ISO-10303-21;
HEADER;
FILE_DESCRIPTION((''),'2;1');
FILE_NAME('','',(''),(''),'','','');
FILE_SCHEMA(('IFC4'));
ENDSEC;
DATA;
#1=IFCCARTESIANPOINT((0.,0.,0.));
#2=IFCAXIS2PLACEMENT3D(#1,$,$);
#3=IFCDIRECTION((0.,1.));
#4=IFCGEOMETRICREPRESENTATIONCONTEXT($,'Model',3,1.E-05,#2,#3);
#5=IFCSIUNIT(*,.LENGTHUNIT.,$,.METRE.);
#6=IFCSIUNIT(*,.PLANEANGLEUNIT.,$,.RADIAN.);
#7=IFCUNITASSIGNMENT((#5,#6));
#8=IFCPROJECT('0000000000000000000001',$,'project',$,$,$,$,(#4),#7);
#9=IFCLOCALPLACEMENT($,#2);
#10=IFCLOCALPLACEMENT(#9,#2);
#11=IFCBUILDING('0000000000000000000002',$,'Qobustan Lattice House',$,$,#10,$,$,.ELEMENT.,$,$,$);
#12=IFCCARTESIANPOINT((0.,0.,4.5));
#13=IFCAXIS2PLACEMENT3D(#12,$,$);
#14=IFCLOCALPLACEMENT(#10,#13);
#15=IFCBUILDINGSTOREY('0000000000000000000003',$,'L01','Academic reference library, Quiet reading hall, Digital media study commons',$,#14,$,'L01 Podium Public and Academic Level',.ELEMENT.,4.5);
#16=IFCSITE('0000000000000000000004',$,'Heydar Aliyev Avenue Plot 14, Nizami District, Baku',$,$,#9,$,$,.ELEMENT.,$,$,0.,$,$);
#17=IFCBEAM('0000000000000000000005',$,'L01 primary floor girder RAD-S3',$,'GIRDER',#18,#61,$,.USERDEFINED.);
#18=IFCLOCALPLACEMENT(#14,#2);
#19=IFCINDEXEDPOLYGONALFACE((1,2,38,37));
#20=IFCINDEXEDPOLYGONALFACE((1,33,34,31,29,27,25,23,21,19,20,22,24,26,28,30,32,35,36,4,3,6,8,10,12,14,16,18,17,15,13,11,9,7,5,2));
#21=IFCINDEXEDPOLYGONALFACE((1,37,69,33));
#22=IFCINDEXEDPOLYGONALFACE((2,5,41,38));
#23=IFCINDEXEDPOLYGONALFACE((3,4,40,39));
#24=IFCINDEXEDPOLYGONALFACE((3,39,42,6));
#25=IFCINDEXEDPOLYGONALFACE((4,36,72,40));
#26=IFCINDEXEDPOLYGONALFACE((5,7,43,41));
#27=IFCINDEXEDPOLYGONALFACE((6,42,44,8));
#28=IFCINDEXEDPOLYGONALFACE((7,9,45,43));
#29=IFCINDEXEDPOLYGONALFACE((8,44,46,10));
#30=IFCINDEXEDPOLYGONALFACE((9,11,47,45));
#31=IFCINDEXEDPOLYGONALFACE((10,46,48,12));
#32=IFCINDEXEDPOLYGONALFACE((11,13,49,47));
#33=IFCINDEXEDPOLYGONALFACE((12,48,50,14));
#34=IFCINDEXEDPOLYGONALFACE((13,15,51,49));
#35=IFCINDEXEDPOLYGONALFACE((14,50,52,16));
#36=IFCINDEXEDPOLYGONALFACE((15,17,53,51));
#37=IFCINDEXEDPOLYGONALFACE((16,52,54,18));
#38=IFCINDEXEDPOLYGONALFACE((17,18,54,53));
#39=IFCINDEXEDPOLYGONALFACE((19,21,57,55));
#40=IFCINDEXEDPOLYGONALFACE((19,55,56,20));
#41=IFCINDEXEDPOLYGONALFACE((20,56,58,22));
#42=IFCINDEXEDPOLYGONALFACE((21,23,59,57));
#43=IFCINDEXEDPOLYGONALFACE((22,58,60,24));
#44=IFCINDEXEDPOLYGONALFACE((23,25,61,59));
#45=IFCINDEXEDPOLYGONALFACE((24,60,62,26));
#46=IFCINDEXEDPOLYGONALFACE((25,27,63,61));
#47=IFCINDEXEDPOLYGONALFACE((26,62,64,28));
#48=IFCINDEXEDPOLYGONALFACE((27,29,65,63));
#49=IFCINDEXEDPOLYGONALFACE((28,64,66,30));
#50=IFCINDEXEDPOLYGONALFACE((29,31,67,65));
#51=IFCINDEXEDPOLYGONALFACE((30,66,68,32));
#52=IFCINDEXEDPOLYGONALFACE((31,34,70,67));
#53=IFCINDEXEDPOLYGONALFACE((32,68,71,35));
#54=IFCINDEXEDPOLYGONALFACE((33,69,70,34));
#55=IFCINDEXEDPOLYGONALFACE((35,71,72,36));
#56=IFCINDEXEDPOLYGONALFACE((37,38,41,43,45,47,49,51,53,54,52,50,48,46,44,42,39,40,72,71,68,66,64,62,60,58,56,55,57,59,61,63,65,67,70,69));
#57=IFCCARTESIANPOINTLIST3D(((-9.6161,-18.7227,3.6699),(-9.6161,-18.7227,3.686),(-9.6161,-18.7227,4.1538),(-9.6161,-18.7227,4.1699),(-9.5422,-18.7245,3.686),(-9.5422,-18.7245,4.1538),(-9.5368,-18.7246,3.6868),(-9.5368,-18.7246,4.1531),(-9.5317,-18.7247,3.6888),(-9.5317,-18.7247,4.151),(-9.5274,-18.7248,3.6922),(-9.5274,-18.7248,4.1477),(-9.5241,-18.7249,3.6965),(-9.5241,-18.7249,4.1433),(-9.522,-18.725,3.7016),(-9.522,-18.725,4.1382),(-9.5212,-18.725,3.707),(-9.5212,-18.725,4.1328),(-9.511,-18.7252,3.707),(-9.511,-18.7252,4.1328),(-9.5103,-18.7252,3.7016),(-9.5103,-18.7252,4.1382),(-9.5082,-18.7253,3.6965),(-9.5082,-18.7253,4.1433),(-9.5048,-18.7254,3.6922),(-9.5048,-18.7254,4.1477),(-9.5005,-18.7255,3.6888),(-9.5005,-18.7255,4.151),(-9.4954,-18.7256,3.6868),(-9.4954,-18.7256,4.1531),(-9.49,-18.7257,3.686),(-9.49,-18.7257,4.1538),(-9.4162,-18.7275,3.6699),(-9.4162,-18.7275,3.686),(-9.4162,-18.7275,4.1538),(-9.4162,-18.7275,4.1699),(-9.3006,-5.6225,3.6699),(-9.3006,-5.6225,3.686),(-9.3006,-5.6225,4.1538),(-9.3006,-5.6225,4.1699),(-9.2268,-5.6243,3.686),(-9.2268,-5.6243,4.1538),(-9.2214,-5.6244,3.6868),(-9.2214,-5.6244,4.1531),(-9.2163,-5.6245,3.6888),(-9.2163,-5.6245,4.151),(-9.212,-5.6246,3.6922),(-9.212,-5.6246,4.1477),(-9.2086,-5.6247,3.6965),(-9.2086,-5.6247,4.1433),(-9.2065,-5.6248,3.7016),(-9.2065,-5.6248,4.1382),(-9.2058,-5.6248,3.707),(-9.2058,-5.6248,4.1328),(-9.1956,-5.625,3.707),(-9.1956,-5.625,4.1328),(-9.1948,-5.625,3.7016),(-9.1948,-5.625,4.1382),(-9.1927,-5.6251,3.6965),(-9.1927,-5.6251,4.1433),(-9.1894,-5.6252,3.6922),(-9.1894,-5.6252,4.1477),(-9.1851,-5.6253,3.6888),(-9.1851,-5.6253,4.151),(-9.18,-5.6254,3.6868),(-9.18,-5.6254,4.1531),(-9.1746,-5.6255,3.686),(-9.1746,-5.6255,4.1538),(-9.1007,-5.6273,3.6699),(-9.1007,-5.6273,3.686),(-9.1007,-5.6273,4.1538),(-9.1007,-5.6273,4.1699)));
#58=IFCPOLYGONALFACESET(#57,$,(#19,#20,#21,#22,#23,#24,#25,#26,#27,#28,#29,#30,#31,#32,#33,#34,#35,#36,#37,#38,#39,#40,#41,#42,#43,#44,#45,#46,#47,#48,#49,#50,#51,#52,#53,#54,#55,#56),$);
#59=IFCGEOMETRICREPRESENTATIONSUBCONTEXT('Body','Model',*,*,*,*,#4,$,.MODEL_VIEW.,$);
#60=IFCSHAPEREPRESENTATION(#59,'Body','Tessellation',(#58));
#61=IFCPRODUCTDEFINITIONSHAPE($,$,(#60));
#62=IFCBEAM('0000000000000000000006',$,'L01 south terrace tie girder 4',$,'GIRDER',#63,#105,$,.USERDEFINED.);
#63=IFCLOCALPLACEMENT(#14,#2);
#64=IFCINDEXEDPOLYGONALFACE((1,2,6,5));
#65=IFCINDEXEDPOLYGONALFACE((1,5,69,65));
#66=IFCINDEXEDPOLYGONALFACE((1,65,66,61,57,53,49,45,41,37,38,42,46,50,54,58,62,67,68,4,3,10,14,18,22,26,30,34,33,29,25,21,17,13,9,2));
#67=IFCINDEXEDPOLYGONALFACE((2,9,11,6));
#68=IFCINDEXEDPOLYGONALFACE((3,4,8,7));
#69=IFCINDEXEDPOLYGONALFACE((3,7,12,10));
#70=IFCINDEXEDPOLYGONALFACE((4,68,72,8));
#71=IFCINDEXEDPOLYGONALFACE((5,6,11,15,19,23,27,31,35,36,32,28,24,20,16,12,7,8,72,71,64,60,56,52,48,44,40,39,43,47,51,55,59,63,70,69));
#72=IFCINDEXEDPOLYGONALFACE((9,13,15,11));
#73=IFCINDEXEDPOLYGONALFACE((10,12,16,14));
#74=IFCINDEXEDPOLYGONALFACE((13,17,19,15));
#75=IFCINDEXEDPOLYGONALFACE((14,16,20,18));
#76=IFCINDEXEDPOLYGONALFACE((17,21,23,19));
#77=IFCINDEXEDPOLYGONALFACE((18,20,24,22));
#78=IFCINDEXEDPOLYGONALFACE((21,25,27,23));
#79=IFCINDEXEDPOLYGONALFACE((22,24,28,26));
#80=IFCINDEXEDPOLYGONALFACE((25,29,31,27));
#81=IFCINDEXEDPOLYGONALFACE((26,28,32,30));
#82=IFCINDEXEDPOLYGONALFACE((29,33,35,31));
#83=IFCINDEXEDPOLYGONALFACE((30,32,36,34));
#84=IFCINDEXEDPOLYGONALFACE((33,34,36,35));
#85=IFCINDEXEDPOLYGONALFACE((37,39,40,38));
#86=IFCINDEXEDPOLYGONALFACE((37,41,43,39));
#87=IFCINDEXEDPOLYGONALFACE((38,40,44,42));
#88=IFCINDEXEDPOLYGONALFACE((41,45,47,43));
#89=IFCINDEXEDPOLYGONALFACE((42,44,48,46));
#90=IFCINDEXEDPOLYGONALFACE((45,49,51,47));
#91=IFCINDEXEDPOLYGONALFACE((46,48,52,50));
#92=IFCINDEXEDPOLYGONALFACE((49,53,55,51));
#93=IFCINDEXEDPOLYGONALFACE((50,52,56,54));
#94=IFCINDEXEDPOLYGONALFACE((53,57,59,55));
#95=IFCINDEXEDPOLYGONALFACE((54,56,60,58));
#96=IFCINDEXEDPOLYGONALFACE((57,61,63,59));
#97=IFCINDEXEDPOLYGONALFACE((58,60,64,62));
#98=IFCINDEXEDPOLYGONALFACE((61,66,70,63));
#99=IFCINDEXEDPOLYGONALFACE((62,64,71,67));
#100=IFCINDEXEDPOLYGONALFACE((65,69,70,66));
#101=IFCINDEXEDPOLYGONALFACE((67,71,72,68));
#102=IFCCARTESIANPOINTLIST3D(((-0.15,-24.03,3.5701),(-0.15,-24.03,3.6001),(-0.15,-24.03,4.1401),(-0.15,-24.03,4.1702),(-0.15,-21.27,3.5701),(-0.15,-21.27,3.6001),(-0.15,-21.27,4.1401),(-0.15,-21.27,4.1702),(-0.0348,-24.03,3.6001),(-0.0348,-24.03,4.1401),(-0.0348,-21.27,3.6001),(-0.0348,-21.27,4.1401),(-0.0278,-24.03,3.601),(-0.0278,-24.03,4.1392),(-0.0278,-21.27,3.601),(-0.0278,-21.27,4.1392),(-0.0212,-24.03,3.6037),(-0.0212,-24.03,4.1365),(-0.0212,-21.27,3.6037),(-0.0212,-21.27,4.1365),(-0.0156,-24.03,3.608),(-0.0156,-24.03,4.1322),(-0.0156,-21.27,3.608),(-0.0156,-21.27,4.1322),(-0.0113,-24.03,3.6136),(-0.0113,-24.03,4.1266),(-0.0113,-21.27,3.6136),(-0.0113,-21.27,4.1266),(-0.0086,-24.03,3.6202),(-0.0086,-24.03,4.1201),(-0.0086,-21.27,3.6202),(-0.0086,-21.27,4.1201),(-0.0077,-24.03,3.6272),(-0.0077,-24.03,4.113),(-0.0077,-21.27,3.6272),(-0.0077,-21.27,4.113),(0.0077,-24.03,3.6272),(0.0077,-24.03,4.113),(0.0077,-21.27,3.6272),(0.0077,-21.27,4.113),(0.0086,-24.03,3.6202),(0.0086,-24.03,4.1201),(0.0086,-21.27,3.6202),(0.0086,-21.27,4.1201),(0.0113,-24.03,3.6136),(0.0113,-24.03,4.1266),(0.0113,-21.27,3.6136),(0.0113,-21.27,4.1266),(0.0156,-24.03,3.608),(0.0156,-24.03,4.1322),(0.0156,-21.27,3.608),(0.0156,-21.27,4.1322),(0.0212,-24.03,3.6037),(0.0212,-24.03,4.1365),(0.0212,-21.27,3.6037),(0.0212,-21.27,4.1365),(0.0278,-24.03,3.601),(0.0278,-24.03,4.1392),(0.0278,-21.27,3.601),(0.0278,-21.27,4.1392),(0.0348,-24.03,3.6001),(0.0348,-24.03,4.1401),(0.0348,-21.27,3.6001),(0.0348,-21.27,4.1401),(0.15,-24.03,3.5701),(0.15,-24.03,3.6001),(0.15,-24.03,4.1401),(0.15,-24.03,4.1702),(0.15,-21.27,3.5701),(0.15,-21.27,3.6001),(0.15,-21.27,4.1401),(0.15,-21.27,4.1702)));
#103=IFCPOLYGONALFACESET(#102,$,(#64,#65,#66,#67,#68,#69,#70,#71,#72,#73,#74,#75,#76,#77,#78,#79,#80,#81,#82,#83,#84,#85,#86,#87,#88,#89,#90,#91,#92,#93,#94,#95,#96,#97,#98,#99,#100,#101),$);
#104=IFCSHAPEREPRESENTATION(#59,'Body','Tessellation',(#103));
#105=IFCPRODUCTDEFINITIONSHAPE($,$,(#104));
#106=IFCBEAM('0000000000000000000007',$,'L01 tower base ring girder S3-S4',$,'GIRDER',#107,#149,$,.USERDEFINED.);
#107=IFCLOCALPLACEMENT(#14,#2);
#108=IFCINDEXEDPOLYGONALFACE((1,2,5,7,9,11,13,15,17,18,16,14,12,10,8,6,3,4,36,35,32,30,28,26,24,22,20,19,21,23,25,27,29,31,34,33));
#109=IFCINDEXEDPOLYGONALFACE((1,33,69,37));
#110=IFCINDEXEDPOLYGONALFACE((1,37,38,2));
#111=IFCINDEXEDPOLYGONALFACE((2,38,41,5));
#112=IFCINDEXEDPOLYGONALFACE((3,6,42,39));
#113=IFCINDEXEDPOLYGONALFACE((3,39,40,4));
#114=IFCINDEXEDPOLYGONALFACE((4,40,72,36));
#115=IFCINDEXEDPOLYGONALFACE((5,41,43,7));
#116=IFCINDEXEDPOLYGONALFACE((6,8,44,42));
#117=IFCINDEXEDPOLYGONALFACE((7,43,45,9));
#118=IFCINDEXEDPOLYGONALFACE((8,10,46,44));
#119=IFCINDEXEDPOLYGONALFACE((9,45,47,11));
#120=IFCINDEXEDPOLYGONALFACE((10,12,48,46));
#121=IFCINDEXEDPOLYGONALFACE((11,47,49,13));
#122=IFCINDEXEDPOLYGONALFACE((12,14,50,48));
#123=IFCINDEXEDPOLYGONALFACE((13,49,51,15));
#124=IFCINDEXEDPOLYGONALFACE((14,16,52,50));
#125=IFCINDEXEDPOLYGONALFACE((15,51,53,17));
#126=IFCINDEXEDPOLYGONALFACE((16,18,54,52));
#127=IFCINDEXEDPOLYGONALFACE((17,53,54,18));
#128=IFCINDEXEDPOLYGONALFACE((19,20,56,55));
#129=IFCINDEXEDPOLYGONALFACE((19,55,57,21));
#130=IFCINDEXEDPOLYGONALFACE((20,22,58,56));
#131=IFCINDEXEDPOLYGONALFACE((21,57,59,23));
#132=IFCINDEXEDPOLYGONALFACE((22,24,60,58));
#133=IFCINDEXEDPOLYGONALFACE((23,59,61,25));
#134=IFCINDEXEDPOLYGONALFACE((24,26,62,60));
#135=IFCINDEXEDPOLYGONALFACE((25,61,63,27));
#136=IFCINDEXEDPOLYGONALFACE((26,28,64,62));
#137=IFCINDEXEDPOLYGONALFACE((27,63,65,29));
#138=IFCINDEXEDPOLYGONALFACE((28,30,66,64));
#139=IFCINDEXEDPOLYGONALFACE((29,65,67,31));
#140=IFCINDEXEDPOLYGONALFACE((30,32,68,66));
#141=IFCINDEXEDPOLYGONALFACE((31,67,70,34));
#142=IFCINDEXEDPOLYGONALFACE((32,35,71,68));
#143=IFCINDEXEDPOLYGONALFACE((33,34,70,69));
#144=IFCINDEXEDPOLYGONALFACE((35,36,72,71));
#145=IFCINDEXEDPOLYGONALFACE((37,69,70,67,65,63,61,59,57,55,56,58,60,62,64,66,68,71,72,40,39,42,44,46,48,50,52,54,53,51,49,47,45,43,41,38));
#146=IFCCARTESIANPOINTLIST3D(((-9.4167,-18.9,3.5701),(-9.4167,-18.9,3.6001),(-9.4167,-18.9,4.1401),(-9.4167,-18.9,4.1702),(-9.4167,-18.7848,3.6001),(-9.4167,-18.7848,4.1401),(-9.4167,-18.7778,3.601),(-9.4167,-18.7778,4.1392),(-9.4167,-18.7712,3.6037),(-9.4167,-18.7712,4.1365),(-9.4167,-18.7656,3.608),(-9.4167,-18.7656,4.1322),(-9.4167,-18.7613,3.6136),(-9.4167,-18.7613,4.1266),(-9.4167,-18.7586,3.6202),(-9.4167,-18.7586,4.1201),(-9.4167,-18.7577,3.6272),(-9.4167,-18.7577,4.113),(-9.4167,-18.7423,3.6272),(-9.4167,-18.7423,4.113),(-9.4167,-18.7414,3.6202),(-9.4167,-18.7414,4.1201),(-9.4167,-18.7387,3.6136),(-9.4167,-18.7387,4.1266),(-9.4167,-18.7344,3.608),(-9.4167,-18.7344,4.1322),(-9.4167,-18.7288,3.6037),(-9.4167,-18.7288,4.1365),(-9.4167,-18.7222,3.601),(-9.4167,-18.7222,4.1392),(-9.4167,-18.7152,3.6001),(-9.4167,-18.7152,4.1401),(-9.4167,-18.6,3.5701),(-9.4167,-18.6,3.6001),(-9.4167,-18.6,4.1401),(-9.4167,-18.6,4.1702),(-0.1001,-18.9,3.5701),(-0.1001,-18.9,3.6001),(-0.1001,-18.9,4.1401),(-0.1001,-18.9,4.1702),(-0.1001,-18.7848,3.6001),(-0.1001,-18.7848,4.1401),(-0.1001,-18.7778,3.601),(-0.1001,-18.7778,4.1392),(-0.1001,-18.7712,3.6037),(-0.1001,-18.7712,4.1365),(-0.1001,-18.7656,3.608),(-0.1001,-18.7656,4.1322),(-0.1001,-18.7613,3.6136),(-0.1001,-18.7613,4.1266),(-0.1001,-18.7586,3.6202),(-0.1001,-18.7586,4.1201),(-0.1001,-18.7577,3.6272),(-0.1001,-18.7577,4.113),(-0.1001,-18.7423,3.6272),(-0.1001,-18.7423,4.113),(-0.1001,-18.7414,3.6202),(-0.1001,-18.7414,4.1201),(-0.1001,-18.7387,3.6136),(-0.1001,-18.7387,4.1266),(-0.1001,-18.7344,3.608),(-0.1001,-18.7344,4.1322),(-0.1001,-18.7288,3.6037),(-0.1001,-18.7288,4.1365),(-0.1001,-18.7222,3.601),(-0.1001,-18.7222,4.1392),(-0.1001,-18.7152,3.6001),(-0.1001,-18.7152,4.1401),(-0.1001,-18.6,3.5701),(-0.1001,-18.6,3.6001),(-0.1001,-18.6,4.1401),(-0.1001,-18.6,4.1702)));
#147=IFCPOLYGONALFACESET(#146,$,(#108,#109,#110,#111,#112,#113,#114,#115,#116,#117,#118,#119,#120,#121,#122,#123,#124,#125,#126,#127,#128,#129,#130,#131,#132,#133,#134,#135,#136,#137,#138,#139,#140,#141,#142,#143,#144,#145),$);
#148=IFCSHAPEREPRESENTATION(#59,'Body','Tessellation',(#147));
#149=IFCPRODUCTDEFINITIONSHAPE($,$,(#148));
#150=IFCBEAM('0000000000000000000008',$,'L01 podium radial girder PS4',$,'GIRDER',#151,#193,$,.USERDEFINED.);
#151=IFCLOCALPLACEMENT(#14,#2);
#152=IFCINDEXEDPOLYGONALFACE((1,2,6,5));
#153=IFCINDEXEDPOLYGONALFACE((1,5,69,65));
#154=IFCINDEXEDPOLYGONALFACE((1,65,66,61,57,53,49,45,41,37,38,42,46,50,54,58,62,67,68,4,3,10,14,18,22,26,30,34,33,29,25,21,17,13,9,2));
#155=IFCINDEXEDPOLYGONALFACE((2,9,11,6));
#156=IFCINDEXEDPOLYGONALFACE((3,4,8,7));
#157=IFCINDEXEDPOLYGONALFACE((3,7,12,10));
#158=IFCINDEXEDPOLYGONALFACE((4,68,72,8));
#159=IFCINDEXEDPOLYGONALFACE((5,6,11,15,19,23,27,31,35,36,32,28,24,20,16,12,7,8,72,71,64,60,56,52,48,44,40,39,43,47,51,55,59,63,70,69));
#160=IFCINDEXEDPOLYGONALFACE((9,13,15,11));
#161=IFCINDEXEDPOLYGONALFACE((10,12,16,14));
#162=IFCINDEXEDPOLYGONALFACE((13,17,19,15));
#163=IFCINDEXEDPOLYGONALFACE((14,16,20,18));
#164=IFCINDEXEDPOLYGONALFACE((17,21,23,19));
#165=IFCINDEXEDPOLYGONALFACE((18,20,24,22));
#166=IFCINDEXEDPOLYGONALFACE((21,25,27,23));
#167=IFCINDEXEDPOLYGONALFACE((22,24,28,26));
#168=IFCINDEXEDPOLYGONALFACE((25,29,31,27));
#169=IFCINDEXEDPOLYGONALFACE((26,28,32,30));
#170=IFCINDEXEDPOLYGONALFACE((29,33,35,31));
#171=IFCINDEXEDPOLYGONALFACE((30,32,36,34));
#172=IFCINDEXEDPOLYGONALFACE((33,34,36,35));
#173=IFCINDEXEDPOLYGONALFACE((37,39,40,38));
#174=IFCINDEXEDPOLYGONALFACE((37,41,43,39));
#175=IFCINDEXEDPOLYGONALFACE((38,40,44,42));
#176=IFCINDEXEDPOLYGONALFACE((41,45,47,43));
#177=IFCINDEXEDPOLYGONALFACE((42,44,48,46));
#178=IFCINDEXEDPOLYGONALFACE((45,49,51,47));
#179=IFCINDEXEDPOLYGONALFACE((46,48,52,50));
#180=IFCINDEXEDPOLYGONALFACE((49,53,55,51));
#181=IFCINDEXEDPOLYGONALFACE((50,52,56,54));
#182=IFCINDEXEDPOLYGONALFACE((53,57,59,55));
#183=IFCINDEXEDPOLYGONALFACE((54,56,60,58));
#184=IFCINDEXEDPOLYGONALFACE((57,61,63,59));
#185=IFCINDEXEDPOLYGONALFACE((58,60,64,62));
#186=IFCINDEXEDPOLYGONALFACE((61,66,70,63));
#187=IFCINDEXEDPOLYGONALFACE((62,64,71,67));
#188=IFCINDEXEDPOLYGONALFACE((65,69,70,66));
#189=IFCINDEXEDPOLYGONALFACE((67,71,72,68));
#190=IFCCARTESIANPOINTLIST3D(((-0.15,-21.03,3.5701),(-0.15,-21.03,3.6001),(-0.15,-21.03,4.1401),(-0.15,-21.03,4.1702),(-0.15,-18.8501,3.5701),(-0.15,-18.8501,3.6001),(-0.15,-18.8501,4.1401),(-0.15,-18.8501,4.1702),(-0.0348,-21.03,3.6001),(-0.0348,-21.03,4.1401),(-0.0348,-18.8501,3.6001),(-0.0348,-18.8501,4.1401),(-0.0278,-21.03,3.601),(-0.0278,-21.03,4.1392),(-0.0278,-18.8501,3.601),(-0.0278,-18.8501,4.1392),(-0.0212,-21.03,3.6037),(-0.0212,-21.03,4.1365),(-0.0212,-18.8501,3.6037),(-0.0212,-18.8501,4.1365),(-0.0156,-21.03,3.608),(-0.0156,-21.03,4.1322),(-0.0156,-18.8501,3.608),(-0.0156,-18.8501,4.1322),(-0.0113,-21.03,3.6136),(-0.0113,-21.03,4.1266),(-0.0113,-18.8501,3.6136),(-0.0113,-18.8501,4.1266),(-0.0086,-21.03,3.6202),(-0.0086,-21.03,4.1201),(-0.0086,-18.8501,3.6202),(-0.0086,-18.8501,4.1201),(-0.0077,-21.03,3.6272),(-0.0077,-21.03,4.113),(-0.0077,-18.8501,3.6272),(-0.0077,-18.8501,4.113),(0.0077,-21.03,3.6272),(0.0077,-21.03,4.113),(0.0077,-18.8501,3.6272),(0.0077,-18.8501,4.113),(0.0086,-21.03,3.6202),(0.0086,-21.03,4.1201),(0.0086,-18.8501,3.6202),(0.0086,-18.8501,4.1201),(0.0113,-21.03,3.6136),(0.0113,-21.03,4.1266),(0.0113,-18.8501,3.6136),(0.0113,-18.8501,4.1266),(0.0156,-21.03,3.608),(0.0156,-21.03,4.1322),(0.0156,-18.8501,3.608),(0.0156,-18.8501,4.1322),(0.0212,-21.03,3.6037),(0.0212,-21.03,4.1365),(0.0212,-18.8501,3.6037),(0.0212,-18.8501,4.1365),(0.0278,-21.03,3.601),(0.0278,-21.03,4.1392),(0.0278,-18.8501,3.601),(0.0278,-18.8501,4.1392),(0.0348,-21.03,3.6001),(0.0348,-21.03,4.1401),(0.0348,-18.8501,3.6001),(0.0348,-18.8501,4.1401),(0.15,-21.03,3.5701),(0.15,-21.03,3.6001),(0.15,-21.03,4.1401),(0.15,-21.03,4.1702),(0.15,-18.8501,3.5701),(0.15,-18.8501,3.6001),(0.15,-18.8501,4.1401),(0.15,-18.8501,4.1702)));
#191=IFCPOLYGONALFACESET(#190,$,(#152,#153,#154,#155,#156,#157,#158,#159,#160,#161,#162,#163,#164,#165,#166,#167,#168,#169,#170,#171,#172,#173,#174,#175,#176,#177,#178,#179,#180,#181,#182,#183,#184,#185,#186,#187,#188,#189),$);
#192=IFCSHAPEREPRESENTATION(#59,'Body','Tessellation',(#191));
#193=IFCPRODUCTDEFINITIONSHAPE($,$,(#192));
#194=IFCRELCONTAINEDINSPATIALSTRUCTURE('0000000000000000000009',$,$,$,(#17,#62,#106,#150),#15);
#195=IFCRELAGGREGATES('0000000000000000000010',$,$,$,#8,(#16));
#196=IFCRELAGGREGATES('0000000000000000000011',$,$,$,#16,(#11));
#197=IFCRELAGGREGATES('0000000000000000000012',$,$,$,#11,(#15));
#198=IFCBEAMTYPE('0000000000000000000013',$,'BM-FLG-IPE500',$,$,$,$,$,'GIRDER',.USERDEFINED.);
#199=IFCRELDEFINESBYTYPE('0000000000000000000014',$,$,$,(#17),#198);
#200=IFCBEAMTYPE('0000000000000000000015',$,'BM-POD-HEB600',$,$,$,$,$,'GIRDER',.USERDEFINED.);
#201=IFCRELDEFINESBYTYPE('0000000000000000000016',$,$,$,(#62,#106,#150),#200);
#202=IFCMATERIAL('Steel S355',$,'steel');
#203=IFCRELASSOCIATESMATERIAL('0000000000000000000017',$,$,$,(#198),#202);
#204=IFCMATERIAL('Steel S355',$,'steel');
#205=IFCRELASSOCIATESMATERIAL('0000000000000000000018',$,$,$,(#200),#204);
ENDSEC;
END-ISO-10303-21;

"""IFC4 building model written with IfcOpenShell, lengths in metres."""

from ifc_helpers import new_model, si_unit, direction, frame, origin, origin_2d, place, context, subcontext, project, spatial, i_section, extrude, material, material_profile, profile_set, type_object, element, save


model = new_model("IFC4")

# Units and contexts
model_context = context("Model", 3, precision=1e-05, world=origin(), true_north=direction((0.0, 1.0)))
body_context = subcontext(model_context, "Body", "Model", "MODEL_VIEW")
ifc_project = project(units=[si_unit("LENGTHUNIT", "METRE"), si_unit("PLANEANGLEUNIT", "RADIAN")], contexts=[model_context])

# Site, building, storey
site_placement = place(None, origin())
site = spatial("IfcSite", under=ifc_project, at=site_placement, Name="Heydar Aliyev Avenue Plot 14, Nizami District, Baku", CompositionType="ELEMENT", RefElevation=0.0)
building_placement = place(site_placement, origin())
building = spatial("IfcBuilding", under=site, at=building_placement, Name="Qobustan Lattice House", CompositionType="ELEMENT")
storey_placement = place(building_placement, frame((0.0, 0.0, 4.5)))
storey = spatial("IfcBuildingStorey", under=building, at=storey_placement, Name="L01", Description="Academic reference library, Quiet reading hall, Digital media study commons", LongName="L01 Podium Public and Academic Level", CompositionType="ELEMENT", Elevation=4.5)

# Beams
ifc_material_1 = material(Name="Steel S355", Category="steel")
ifc_material_profile_1 = material_profile(ifc_material_1, i_section(OverallWidth=0.2, OverallDepth=0.5, WebThickness=0.0103, FlangeThickness=0.0161, FilletRadius=0.021, at=origin_2d()), Name="IPE500")
ifc_profile_set_1 = profile_set([ifc_material_profile_1], Name="Steel S355")
beam_type_1 = type_object("IfcBeamType", Name="BM-FLG-IPE500", ElementType="GIRDER", PredefinedType="USERDEFINED", material=ifc_profile_set_1)
beam_1_placement = place(storey_placement, frame((-9.5161, -18.7251, 3.9199), z_axis=(0.024071, 0.99971, 0.0), x_axis=(-0.99971, 0.024071, 0.0)))
element("IfcBeam", 1, at=beam_1_placement, inside=storey, type_object=beam_type_1, Name="L01 primary floor girder RAD-S3", ObjectType="GIRDER", PredefinedType="USERDEFINED", context=body_context, shape_type="SweptSolid", body=[
    extrude(i_section(OverallWidth=0.2, OverallDepth=0.5, WebThickness=0.0103, FlangeThickness=0.0161, FilletRadius=0.021, at=origin_2d()), origin(), (0.0, 0.0, 1.0), 13.104),
])
ifc_material_2 = material(Name="Steel S355", Category="steel")
ifc_material_profile_2 = material_profile(ifc_material_2, i_section(OverallWidth=0.3, OverallDepth=0.6001, WebThickness=0.0154, FlangeThickness=0.03, FilletRadius=0.0271, at=origin_2d()), Name="HEB600")
ifc_profile_set_2 = profile_set([ifc_material_profile_2], Name="Steel S355")
beam_type_2 = type_object("IfcBeamType", Name="BM-POD-HEB600", ElementType="GIRDER", PredefinedType="USERDEFINED", material=ifc_profile_set_2)
beam_2_placement = place(storey_placement, frame((0.0, -24.03, 3.8701), z_axis=(0.0, 1.0, 0.0), x_axis=(-1.0, 0.0, 0.0)))
element("IfcBeam", 2, at=beam_2_placement, inside=storey, type_object=beam_type_2, Name="L01 south terrace tie girder 4", ObjectType="GIRDER", PredefinedType="USERDEFINED", context=body_context, shape_type="SweptSolid", body=[
    extrude(i_section(OverallWidth=0.3, OverallDepth=0.6001, WebThickness=0.0154, FlangeThickness=0.03, FilletRadius=0.0271, at=origin_2d()), origin(), (0.0, 0.0, 1.0), 2.76),
])
beam_3_placement = place(storey_placement, frame((-9.4167, -18.75, 3.8701), z_axis=(1.0, 0.0, 0.0), x_axis=(0.0, 1.0, 0.0)))
element("IfcBeam", 3, at=beam_3_placement, inside=storey, type_object=beam_type_2, Name="L01 tower base ring girder S3-S4", ObjectType="GIRDER", PredefinedType="USERDEFINED", context=body_context, shape_type="SweptSolid", body=[
    extrude(i_section(OverallWidth=0.3, OverallDepth=0.6001, WebThickness=0.0154, FlangeThickness=0.03, FilletRadius=0.0271, at=origin_2d()), origin(), (0.0, 0.0, 1.0), 9.3167),
])
beam_4_placement = place(storey_placement, frame((0.0, -21.03, 3.8701), z_axis=(0.0, 1.0, 0.0), x_axis=(-1.0, 0.0, 0.0)))
element("IfcBeam", 4, at=beam_4_placement, inside=storey, type_object=beam_type_2, Name="L01 podium radial girder PS4", ObjectType="GIRDER", PredefinedType="USERDEFINED", context=body_context, shape_type="SweptSolid", body=[
    extrude(i_section(OverallWidth=0.3, OverallDepth=0.6001, WebThickness=0.0154, FlangeThickness=0.03, FilletRadius=0.0271, at=origin_2d()), origin(), (0.0, 0.0, 1.0), 2.1799),
])

save(model, "model.ifc")
